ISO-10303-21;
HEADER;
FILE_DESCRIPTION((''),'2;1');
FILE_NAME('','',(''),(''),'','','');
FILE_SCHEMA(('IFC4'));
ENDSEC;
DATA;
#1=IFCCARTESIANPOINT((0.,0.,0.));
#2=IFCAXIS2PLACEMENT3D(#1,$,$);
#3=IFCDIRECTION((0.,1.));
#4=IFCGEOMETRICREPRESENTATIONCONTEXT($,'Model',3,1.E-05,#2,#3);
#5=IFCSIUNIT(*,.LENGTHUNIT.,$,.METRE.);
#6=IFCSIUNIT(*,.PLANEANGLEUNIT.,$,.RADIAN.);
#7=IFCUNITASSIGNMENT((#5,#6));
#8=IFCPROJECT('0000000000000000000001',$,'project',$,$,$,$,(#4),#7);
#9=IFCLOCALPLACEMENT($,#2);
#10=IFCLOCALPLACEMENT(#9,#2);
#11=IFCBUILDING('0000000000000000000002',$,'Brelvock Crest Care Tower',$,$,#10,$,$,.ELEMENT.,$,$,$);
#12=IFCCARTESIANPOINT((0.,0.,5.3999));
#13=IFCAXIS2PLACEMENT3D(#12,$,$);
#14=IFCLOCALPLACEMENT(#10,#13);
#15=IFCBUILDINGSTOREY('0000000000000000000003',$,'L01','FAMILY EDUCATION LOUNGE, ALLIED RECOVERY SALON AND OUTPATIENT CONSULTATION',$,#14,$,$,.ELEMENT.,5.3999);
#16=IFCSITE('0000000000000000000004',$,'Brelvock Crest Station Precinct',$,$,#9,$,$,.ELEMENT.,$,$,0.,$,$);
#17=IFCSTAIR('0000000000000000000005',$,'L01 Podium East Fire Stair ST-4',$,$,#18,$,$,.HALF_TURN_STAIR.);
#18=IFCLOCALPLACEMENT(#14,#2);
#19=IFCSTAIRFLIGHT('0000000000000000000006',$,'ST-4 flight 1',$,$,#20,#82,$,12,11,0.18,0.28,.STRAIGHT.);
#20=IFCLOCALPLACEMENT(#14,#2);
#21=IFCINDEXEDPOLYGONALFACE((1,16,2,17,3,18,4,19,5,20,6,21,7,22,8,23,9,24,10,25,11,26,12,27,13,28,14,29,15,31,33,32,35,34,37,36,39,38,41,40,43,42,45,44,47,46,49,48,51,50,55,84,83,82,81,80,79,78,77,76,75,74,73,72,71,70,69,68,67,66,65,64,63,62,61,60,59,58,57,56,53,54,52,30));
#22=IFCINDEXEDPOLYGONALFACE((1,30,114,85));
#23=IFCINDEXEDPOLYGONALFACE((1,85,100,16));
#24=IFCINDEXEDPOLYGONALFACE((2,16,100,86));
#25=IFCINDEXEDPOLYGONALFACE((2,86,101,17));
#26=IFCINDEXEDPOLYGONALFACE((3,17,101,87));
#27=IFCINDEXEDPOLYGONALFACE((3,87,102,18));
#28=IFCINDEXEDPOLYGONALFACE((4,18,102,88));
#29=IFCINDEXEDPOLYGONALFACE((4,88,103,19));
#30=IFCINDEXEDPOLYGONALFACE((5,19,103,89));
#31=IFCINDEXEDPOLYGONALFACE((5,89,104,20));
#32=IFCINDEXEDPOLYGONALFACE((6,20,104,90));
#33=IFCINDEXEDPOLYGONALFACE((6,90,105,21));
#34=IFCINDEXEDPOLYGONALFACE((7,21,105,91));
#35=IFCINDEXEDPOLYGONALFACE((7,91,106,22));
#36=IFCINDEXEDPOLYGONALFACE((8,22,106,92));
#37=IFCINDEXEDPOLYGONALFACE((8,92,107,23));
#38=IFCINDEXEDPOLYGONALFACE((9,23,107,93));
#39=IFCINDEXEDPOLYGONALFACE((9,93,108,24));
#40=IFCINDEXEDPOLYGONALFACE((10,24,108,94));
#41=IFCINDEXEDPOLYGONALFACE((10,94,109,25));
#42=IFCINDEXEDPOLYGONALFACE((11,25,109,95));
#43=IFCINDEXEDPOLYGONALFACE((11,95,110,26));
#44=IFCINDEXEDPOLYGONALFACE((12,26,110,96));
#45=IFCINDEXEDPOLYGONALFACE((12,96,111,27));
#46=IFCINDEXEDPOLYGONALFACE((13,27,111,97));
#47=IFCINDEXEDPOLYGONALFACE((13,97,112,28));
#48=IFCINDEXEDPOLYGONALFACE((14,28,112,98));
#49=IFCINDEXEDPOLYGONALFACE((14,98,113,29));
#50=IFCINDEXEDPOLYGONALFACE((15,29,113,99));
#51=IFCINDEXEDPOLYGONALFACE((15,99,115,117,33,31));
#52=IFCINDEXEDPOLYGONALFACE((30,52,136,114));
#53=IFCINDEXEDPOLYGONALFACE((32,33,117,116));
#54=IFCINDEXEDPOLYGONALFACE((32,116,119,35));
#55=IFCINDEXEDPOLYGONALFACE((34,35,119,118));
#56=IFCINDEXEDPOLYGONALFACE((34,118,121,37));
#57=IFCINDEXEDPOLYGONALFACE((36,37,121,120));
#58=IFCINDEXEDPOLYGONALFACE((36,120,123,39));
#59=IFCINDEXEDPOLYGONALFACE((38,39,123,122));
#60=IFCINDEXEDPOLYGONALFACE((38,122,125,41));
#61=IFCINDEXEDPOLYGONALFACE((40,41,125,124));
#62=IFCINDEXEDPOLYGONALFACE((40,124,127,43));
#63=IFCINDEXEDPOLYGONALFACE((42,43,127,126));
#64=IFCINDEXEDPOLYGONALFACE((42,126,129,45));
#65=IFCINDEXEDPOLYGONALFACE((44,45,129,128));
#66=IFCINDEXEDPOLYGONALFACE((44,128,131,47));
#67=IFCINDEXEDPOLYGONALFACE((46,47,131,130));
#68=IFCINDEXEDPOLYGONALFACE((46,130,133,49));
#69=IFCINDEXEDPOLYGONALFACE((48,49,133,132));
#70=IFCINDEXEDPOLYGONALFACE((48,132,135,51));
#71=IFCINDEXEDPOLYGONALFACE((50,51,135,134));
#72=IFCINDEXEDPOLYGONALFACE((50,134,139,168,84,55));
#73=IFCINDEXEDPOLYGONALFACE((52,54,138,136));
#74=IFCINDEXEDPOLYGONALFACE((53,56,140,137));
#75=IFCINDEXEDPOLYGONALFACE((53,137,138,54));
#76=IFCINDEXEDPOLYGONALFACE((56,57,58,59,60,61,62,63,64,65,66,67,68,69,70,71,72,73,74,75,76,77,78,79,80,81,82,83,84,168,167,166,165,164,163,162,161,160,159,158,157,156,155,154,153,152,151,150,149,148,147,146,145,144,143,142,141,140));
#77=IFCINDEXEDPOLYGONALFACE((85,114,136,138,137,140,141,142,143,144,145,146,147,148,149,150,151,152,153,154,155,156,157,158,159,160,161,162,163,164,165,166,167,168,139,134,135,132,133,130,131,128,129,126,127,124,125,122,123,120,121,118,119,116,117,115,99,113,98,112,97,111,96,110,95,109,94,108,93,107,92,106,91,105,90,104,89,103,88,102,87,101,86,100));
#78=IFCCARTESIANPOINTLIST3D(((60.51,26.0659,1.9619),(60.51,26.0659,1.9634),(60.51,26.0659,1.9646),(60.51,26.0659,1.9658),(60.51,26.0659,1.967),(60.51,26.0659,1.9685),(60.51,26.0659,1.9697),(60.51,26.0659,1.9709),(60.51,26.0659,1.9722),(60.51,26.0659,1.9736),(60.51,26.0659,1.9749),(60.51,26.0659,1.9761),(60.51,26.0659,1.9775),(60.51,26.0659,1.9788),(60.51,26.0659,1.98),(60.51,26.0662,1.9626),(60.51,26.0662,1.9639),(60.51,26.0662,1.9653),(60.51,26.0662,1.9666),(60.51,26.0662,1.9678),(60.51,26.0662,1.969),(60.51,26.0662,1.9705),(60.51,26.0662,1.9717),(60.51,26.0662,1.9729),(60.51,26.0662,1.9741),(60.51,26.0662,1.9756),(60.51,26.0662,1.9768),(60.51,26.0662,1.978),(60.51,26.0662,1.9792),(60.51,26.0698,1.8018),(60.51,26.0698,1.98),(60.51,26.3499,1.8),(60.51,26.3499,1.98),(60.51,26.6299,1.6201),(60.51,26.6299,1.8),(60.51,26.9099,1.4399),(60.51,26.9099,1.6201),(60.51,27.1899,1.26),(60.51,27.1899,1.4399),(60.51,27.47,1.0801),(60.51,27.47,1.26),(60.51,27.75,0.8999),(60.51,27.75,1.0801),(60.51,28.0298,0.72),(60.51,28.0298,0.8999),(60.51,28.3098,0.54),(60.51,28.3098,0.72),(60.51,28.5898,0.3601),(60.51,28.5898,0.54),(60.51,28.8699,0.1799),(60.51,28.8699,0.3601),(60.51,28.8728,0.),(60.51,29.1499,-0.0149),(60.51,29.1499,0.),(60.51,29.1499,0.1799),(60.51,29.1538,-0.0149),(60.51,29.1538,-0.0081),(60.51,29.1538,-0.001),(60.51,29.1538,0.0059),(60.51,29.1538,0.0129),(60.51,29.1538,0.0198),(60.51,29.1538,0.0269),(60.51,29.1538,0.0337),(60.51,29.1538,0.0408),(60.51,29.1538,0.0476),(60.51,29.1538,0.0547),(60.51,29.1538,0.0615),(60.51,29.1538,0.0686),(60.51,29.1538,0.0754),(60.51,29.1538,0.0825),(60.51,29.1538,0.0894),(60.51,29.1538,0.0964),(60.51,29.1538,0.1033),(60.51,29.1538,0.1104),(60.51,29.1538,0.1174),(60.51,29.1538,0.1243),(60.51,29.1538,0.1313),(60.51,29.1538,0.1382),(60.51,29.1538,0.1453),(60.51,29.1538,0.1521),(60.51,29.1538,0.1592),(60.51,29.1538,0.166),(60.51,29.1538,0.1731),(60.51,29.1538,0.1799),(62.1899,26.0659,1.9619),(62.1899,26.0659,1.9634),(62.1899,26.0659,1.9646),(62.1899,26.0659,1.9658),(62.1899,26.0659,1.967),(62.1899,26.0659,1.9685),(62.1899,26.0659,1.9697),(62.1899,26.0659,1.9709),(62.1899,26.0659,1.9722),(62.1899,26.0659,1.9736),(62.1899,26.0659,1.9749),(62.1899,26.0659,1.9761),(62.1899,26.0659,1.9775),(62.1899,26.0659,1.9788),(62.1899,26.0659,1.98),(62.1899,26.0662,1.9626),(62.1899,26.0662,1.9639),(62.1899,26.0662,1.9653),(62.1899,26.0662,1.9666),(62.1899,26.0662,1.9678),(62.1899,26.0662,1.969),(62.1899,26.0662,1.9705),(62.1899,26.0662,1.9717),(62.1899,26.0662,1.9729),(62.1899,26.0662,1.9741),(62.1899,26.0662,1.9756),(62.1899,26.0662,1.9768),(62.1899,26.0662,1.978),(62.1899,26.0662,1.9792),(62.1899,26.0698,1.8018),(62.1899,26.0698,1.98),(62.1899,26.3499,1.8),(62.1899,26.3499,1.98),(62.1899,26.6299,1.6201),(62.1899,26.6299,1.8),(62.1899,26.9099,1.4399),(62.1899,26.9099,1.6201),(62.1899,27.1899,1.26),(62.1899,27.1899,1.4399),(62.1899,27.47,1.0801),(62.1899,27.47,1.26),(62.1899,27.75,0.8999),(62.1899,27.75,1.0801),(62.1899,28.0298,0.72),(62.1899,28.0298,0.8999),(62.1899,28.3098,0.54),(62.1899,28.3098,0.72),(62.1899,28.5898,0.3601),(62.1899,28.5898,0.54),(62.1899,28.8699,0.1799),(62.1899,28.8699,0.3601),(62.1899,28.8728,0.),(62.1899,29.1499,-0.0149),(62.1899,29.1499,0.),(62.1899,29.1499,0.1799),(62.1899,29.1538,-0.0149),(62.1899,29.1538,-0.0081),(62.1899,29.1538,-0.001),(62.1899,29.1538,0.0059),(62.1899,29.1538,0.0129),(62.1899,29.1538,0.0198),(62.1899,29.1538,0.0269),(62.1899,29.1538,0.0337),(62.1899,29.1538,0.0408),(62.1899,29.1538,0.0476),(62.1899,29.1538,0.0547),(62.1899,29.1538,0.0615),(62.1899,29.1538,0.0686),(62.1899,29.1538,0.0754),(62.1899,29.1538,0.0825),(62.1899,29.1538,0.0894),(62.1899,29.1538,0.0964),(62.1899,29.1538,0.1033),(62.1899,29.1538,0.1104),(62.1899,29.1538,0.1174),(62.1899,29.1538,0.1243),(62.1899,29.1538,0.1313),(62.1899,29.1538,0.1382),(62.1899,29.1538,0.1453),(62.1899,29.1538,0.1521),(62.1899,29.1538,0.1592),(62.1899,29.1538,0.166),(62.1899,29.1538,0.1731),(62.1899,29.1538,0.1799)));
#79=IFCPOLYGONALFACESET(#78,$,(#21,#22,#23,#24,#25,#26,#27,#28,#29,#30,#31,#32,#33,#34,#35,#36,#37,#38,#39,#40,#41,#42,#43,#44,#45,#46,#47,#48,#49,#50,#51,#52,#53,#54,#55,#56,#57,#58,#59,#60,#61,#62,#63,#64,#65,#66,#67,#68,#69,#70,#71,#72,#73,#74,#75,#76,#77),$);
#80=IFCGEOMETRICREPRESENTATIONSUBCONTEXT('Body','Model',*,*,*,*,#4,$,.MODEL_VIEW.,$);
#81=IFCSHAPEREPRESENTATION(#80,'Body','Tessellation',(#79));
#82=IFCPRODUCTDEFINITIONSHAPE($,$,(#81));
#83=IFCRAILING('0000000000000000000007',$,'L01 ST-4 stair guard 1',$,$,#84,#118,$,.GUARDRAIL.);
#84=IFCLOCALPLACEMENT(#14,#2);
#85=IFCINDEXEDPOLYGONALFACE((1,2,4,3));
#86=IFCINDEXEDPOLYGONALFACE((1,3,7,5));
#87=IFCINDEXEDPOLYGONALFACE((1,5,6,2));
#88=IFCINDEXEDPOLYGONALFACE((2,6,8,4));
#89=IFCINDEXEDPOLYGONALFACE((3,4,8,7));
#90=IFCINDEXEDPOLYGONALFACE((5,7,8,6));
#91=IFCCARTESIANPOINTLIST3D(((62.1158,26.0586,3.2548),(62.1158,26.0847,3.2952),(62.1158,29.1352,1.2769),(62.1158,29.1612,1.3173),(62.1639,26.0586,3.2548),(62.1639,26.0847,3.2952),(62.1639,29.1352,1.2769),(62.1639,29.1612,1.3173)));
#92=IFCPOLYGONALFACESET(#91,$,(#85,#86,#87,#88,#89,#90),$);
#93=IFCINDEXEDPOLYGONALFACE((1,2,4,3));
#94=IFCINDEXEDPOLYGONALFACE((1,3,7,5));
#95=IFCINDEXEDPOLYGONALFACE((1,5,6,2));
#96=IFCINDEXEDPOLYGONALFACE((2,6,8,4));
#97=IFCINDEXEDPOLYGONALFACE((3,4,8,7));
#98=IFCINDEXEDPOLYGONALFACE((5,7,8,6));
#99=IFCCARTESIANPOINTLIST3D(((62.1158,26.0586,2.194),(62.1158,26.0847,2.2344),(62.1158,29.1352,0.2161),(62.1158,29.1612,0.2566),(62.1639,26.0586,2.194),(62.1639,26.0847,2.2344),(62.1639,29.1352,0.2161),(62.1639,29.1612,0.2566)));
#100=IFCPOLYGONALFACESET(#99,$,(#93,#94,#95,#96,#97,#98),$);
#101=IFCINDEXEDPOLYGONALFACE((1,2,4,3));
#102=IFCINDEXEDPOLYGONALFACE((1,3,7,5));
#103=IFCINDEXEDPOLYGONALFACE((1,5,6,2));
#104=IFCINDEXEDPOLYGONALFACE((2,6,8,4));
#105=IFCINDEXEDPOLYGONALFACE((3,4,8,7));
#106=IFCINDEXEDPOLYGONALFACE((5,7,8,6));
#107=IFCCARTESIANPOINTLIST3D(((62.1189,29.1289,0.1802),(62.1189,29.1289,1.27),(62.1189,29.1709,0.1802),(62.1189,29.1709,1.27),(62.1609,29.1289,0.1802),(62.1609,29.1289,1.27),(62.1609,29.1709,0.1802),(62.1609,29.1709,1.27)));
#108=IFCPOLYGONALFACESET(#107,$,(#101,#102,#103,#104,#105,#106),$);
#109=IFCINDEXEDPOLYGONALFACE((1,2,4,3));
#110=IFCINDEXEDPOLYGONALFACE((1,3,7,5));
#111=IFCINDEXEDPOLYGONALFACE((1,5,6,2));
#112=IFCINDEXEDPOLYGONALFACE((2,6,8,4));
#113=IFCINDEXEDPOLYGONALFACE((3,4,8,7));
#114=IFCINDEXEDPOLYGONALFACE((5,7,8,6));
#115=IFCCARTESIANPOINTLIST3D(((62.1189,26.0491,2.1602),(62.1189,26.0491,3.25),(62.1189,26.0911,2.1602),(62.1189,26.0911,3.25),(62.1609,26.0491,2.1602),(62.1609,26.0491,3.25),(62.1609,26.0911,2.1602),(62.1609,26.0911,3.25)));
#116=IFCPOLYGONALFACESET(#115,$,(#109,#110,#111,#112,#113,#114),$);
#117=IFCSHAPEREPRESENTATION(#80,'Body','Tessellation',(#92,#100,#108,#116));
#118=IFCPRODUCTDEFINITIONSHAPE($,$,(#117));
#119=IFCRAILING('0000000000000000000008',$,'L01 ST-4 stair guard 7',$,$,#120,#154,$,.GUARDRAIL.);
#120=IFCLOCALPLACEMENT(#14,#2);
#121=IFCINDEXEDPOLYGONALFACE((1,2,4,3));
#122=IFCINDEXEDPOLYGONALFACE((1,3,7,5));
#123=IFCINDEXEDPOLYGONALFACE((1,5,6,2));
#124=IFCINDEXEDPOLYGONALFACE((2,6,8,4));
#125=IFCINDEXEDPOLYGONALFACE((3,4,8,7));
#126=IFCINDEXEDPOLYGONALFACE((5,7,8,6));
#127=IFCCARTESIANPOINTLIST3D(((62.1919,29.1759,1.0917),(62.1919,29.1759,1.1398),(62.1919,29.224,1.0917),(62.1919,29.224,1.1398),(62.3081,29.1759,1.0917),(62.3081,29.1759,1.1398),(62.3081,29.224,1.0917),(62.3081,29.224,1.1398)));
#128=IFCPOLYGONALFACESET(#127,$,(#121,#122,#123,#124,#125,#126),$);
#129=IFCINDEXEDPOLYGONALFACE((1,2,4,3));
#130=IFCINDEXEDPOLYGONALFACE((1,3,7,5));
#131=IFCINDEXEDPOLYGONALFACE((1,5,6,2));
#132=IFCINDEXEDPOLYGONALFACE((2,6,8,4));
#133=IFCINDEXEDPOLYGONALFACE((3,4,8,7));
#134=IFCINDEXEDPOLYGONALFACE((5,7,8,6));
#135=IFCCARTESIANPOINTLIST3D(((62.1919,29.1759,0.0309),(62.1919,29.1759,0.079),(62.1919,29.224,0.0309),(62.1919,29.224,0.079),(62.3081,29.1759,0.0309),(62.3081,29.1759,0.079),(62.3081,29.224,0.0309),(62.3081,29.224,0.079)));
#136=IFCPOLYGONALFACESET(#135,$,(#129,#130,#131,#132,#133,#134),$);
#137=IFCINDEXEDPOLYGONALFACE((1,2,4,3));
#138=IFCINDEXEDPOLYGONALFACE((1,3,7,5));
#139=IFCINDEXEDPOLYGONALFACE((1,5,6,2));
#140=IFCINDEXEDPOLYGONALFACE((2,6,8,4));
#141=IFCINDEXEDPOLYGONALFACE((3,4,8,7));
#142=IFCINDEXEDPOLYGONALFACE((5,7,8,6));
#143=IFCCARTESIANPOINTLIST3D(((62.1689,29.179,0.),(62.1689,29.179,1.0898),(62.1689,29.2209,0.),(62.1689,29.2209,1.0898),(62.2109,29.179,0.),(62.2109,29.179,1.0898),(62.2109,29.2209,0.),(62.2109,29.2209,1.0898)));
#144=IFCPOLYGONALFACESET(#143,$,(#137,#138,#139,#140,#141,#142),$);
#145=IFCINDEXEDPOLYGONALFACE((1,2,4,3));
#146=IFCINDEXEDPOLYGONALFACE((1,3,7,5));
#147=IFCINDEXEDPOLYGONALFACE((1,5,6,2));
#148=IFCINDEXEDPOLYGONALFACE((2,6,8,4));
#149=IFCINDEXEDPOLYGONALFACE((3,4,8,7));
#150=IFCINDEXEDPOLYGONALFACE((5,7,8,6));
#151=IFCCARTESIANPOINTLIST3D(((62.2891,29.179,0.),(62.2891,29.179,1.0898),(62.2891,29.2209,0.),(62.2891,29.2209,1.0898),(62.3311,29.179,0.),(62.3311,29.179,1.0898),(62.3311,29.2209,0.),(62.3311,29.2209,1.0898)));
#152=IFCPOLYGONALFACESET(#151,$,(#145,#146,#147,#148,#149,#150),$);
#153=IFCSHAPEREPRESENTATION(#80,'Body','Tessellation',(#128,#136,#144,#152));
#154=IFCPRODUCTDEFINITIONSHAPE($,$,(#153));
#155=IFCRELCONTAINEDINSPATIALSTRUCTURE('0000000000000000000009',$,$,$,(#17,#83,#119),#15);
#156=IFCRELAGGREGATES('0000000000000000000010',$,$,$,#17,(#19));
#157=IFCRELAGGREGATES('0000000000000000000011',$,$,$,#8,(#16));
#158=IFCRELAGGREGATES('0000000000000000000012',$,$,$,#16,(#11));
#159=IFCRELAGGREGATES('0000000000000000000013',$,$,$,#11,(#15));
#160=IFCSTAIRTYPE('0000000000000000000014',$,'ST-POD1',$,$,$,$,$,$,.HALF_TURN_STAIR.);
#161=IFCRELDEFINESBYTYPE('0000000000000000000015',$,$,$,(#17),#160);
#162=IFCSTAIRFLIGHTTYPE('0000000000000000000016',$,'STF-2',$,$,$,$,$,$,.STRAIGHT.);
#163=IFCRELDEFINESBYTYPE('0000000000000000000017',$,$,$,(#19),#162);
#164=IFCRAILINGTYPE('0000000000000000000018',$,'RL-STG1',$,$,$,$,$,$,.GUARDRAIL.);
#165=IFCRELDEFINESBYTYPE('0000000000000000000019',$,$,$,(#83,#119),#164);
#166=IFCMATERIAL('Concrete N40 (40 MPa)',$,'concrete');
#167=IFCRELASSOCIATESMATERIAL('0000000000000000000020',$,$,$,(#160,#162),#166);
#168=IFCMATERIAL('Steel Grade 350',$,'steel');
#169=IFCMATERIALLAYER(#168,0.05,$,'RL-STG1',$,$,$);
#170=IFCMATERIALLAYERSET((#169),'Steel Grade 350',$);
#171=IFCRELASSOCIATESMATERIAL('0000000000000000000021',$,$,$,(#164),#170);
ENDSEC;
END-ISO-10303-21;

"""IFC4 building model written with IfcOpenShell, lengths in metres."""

from ifc_helpers import new_model, si_unit, direction, frame, origin, origin_2d, place, context, subcontext, project, spatial, polyline, rectangle, outline, extrude, material, layer, layer_set, type_object, element, aggregate, save


model = new_model("IFC4")

# Units and contexts
model_context = context("Model", 3, precision=1e-05, world=origin(), true_north=direction((0.0, 1.0)))
body_context = subcontext(model_context, "Body", "Model", "MODEL_VIEW")
ifc_project = project(units=[si_unit("LENGTHUNIT", "METRE"), si_unit("PLANEANGLEUNIT", "RADIAN")], contexts=[model_context])

# Site, building, storey
site_placement = place(None, origin())
site = spatial("IfcSite", under=ifc_project, at=site_placement, Name="Brelvock Crest Station Precinct", CompositionType="ELEMENT", RefElevation=0.0)
building_placement = place(site_placement, origin())
building = spatial("IfcBuilding", under=site, at=building_placement, Name="Brelvock Crest Care Tower", CompositionType="ELEMENT")
storey_placement = place(building_placement, frame((0.0, 0.0, 5.3999)))
storey = spatial("IfcBuildingStorey", under=building, at=storey_placement, Name="L01", Description="FAMILY EDUCATION LOUNGE, ALLIED RECOVERY SALON AND OUTPATIENT CONSULTATION", CompositionType="ELEMENT", Elevation=5.3999)

# Shared definitions
ifc_material_1 = material(Name="Steel Grade 350", Category="steel")

# Stair, stair flight
ifc_material_2 = material(Name="Concrete N40 (40 MPa)", Category="concrete")
stair_type = type_object("IfcStairType", Name="ST-POD1", PredefinedType="HALF_TURN_STAIR", material=ifc_material_2)
stair_placement = place(storey_placement, origin())
stair = element("IfcStair", 1, at=stair_placement, inside=storey, type_object=stair_type, Name="L01 Podium East Fire Stair ST-4", PredefinedType="HALF_TURN_STAIR")
stair_flight_type = type_object("IfcStairFlightType", Name="STF-2", PredefinedType="STRAIGHT", material=ifc_material_2)
stair_flight_placement = place(storey_placement, frame((61.3501, 29.1499, 0.0), z_axis=(0.0, 0.0, 1.0), x_axis=(0.0, -1.0, 0.0)))
stair_flight = element("IfcStairFlight", 2, at=stair_flight_placement, type_object=stair_flight_type, Name="ST-4 flight 1", NumberOfRisers=12, NumberOfTreads=11, PredefinedType="STRAIGHT", RiserHeight=0.18, TreadLength=0.28, context=body_context, shape_type="SweptSolid", body=[
    extrude(outline(polyline([(-0.0039, -0.0149), (-0.0039, -0.0081), (-0.0039, -0.001), (-0.0039, 0.0059), (-0.0039, 0.0129), (-0.0039, 0.0198), (-0.0039, 0.0269), (-0.0039, 0.0337), (-0.0039, 0.0408), (-0.0039, 0.0476), (-0.0039, 0.0547), (-0.0039, 0.0615), (-0.0039, 0.0686), (-0.0039, 0.0754), (-0.0039, 0.0825), (-0.0039, 0.0894), (-0.0039, 0.0964), (-0.0039, 0.1033), (-0.0039, 0.1104), (-0.0039, 0.1174), (-0.0039, 0.1243), (-0.0039, 0.1313), (-0.0039, 0.1382), (-0.0039, 0.1453), (-0.0039, 0.1521), (-0.0039, 0.1592), (-0.0039, 0.166), (-0.0039, 0.1731), (-0.0039, 0.1799), (0.0, 0.1799), (0.28, 0.1799), (0.28, 0.3601), (0.5601, 0.3601), (0.5601, 0.54), (0.8401, 0.54), (0.8401, 0.72), (1.1201, 0.72), (1.1201, 0.8999), (1.3999, 0.8999), (1.3999, 1.0801), (1.6799, 1.0801), (1.6799, 1.26), (1.96, 1.26), (1.96, 1.4399), (2.24, 1.4399), (2.24, 1.6201), (2.52, 1.6201), (2.52, 1.8), (2.8, 1.8), (2.8, 1.98), (3.0801, 1.98), (3.084, 1.98), (3.0837, 1.9792), (3.084, 1.9788), (3.0837, 1.978), (3.084, 1.9775), (3.0837, 1.9768), (3.084, 1.9761), (3.0837, 1.9756), (3.084, 1.9749), (3.0837, 1.9741), (3.084, 1.9736), (3.0837, 1.9729), (3.084, 1.9722), (3.0837, 1.9717), (3.084, 1.9709), (3.0837, 1.9705), (3.084, 1.9697), (3.0837, 1.969), (3.084, 1.9685), (3.0837, 1.9678), (3.084, 1.967), (3.0837, 1.9666), (3.084, 1.9658), (3.0837, 1.9653), (3.084, 1.9646), (3.0837, 1.9639), (3.084, 1.9634), (3.0837, 1.9626), (3.084, 1.9619), (3.0801, 1.8018), (0.2771, 0.0), (0.0, 0.0), (0.0, -0.0149), (-0.0039, -0.0149)])), frame((0.0, 0.8398, 0.0), z_axis=(0.0, -1.0, 0.0), x_axis=(1.0, 0.0, 0.0)), (0.0, 0.0, 1.0), 1.6799),
])
aggregate(stair, [stair_flight])

# Railings
ifc_layer_1 = layer(ifc_material_1, 0.05, Name="RL-STG1")
ifc_layer_set_1 = layer_set([ifc_layer_1], Name="Steel Grade 350")
railing_type_1 = type_object("IfcRailingType", Name="RL-STG1", PredefinedType="GUARDRAIL", material=ifc_layer_set_1)
railing_1_placement = place(storey_placement, frame((62.1399, 29.1499, 0.1802)))
element("IfcRailing", 3, at=railing_1_placement, inside=storey, type_object=railing_type_1, Name="L01 ST-4 stair guard 1", PredefinedType="GUARDRAIL", context=body_context, shape_type="SweptSolid", body=[
    extrude(rectangle(XDim=0.0481, YDim=0.0481, at=origin_2d()), frame((0.0, -0.0017, 1.1169), z_axis=(0.0, -0.841168, 0.540774), x_axis=(1.0, 0.0, 0.0)), (0.0, 0.0, 1.0), 3.6575),
    extrude(rectangle(XDim=0.0481, YDim=0.0481, at=origin_2d()), frame((0.0, -0.0017, 0.0562), z_axis=(0.0, -0.841168, 0.540774), x_axis=(1.0, 0.0, 0.0)), (0.0, 0.0, 1.0), 3.6575),
    extrude(rectangle(XDim=0.042, YDim=0.042, at=origin_2d()), origin(), (0.0, 0.0, 1.0), 1.0898),
    extrude(rectangle(XDim=0.042, YDim=0.042, at=origin_2d()), frame((0.0, -3.0798, 1.98)), (0.0, 0.0, 1.0), 1.0898),
])
railing_2_placement = place(storey_placement, frame((62.1899, 29.2, 0.0)))
element("IfcRailing", 4, at=railing_2_placement, inside=storey, type_object=railing_type_1, Name="L01 ST-4 stair guard 7", PredefinedType="GUARDRAIL", context=body_context, shape_type="SweptSolid", body=[
    extrude(rectangle(XDim=0.0481, YDim=0.0481, at=origin_2d()), frame((0.002, 0.0, 1.1157), z_axis=(1.0, 0.0, 0.0), x_axis=(0.0, 1.0, 0.0)), (0.0, 0.0, 1.0), 0.1162),
    extrude(rectangle(XDim=0.0481, YDim=0.0481, at=origin_2d()), frame((0.002, 0.0, 0.0549), z_axis=(1.0, 0.0, 0.0), x_axis=(0.0, 1.0, 0.0)), (0.0, 0.0, 1.0), 0.1162),
    extrude(rectangle(XDim=0.042, YDim=0.042, at=origin_2d()), origin(), (0.0, 0.0, 1.0), 1.0898),
    extrude(rectangle(XDim=0.042, YDim=0.042, at=origin_2d()), frame((0.1201, 0.0, 0.0)), (0.0, 0.0, 1.0), 1.0898),
])

save(model, "model.ifc")
